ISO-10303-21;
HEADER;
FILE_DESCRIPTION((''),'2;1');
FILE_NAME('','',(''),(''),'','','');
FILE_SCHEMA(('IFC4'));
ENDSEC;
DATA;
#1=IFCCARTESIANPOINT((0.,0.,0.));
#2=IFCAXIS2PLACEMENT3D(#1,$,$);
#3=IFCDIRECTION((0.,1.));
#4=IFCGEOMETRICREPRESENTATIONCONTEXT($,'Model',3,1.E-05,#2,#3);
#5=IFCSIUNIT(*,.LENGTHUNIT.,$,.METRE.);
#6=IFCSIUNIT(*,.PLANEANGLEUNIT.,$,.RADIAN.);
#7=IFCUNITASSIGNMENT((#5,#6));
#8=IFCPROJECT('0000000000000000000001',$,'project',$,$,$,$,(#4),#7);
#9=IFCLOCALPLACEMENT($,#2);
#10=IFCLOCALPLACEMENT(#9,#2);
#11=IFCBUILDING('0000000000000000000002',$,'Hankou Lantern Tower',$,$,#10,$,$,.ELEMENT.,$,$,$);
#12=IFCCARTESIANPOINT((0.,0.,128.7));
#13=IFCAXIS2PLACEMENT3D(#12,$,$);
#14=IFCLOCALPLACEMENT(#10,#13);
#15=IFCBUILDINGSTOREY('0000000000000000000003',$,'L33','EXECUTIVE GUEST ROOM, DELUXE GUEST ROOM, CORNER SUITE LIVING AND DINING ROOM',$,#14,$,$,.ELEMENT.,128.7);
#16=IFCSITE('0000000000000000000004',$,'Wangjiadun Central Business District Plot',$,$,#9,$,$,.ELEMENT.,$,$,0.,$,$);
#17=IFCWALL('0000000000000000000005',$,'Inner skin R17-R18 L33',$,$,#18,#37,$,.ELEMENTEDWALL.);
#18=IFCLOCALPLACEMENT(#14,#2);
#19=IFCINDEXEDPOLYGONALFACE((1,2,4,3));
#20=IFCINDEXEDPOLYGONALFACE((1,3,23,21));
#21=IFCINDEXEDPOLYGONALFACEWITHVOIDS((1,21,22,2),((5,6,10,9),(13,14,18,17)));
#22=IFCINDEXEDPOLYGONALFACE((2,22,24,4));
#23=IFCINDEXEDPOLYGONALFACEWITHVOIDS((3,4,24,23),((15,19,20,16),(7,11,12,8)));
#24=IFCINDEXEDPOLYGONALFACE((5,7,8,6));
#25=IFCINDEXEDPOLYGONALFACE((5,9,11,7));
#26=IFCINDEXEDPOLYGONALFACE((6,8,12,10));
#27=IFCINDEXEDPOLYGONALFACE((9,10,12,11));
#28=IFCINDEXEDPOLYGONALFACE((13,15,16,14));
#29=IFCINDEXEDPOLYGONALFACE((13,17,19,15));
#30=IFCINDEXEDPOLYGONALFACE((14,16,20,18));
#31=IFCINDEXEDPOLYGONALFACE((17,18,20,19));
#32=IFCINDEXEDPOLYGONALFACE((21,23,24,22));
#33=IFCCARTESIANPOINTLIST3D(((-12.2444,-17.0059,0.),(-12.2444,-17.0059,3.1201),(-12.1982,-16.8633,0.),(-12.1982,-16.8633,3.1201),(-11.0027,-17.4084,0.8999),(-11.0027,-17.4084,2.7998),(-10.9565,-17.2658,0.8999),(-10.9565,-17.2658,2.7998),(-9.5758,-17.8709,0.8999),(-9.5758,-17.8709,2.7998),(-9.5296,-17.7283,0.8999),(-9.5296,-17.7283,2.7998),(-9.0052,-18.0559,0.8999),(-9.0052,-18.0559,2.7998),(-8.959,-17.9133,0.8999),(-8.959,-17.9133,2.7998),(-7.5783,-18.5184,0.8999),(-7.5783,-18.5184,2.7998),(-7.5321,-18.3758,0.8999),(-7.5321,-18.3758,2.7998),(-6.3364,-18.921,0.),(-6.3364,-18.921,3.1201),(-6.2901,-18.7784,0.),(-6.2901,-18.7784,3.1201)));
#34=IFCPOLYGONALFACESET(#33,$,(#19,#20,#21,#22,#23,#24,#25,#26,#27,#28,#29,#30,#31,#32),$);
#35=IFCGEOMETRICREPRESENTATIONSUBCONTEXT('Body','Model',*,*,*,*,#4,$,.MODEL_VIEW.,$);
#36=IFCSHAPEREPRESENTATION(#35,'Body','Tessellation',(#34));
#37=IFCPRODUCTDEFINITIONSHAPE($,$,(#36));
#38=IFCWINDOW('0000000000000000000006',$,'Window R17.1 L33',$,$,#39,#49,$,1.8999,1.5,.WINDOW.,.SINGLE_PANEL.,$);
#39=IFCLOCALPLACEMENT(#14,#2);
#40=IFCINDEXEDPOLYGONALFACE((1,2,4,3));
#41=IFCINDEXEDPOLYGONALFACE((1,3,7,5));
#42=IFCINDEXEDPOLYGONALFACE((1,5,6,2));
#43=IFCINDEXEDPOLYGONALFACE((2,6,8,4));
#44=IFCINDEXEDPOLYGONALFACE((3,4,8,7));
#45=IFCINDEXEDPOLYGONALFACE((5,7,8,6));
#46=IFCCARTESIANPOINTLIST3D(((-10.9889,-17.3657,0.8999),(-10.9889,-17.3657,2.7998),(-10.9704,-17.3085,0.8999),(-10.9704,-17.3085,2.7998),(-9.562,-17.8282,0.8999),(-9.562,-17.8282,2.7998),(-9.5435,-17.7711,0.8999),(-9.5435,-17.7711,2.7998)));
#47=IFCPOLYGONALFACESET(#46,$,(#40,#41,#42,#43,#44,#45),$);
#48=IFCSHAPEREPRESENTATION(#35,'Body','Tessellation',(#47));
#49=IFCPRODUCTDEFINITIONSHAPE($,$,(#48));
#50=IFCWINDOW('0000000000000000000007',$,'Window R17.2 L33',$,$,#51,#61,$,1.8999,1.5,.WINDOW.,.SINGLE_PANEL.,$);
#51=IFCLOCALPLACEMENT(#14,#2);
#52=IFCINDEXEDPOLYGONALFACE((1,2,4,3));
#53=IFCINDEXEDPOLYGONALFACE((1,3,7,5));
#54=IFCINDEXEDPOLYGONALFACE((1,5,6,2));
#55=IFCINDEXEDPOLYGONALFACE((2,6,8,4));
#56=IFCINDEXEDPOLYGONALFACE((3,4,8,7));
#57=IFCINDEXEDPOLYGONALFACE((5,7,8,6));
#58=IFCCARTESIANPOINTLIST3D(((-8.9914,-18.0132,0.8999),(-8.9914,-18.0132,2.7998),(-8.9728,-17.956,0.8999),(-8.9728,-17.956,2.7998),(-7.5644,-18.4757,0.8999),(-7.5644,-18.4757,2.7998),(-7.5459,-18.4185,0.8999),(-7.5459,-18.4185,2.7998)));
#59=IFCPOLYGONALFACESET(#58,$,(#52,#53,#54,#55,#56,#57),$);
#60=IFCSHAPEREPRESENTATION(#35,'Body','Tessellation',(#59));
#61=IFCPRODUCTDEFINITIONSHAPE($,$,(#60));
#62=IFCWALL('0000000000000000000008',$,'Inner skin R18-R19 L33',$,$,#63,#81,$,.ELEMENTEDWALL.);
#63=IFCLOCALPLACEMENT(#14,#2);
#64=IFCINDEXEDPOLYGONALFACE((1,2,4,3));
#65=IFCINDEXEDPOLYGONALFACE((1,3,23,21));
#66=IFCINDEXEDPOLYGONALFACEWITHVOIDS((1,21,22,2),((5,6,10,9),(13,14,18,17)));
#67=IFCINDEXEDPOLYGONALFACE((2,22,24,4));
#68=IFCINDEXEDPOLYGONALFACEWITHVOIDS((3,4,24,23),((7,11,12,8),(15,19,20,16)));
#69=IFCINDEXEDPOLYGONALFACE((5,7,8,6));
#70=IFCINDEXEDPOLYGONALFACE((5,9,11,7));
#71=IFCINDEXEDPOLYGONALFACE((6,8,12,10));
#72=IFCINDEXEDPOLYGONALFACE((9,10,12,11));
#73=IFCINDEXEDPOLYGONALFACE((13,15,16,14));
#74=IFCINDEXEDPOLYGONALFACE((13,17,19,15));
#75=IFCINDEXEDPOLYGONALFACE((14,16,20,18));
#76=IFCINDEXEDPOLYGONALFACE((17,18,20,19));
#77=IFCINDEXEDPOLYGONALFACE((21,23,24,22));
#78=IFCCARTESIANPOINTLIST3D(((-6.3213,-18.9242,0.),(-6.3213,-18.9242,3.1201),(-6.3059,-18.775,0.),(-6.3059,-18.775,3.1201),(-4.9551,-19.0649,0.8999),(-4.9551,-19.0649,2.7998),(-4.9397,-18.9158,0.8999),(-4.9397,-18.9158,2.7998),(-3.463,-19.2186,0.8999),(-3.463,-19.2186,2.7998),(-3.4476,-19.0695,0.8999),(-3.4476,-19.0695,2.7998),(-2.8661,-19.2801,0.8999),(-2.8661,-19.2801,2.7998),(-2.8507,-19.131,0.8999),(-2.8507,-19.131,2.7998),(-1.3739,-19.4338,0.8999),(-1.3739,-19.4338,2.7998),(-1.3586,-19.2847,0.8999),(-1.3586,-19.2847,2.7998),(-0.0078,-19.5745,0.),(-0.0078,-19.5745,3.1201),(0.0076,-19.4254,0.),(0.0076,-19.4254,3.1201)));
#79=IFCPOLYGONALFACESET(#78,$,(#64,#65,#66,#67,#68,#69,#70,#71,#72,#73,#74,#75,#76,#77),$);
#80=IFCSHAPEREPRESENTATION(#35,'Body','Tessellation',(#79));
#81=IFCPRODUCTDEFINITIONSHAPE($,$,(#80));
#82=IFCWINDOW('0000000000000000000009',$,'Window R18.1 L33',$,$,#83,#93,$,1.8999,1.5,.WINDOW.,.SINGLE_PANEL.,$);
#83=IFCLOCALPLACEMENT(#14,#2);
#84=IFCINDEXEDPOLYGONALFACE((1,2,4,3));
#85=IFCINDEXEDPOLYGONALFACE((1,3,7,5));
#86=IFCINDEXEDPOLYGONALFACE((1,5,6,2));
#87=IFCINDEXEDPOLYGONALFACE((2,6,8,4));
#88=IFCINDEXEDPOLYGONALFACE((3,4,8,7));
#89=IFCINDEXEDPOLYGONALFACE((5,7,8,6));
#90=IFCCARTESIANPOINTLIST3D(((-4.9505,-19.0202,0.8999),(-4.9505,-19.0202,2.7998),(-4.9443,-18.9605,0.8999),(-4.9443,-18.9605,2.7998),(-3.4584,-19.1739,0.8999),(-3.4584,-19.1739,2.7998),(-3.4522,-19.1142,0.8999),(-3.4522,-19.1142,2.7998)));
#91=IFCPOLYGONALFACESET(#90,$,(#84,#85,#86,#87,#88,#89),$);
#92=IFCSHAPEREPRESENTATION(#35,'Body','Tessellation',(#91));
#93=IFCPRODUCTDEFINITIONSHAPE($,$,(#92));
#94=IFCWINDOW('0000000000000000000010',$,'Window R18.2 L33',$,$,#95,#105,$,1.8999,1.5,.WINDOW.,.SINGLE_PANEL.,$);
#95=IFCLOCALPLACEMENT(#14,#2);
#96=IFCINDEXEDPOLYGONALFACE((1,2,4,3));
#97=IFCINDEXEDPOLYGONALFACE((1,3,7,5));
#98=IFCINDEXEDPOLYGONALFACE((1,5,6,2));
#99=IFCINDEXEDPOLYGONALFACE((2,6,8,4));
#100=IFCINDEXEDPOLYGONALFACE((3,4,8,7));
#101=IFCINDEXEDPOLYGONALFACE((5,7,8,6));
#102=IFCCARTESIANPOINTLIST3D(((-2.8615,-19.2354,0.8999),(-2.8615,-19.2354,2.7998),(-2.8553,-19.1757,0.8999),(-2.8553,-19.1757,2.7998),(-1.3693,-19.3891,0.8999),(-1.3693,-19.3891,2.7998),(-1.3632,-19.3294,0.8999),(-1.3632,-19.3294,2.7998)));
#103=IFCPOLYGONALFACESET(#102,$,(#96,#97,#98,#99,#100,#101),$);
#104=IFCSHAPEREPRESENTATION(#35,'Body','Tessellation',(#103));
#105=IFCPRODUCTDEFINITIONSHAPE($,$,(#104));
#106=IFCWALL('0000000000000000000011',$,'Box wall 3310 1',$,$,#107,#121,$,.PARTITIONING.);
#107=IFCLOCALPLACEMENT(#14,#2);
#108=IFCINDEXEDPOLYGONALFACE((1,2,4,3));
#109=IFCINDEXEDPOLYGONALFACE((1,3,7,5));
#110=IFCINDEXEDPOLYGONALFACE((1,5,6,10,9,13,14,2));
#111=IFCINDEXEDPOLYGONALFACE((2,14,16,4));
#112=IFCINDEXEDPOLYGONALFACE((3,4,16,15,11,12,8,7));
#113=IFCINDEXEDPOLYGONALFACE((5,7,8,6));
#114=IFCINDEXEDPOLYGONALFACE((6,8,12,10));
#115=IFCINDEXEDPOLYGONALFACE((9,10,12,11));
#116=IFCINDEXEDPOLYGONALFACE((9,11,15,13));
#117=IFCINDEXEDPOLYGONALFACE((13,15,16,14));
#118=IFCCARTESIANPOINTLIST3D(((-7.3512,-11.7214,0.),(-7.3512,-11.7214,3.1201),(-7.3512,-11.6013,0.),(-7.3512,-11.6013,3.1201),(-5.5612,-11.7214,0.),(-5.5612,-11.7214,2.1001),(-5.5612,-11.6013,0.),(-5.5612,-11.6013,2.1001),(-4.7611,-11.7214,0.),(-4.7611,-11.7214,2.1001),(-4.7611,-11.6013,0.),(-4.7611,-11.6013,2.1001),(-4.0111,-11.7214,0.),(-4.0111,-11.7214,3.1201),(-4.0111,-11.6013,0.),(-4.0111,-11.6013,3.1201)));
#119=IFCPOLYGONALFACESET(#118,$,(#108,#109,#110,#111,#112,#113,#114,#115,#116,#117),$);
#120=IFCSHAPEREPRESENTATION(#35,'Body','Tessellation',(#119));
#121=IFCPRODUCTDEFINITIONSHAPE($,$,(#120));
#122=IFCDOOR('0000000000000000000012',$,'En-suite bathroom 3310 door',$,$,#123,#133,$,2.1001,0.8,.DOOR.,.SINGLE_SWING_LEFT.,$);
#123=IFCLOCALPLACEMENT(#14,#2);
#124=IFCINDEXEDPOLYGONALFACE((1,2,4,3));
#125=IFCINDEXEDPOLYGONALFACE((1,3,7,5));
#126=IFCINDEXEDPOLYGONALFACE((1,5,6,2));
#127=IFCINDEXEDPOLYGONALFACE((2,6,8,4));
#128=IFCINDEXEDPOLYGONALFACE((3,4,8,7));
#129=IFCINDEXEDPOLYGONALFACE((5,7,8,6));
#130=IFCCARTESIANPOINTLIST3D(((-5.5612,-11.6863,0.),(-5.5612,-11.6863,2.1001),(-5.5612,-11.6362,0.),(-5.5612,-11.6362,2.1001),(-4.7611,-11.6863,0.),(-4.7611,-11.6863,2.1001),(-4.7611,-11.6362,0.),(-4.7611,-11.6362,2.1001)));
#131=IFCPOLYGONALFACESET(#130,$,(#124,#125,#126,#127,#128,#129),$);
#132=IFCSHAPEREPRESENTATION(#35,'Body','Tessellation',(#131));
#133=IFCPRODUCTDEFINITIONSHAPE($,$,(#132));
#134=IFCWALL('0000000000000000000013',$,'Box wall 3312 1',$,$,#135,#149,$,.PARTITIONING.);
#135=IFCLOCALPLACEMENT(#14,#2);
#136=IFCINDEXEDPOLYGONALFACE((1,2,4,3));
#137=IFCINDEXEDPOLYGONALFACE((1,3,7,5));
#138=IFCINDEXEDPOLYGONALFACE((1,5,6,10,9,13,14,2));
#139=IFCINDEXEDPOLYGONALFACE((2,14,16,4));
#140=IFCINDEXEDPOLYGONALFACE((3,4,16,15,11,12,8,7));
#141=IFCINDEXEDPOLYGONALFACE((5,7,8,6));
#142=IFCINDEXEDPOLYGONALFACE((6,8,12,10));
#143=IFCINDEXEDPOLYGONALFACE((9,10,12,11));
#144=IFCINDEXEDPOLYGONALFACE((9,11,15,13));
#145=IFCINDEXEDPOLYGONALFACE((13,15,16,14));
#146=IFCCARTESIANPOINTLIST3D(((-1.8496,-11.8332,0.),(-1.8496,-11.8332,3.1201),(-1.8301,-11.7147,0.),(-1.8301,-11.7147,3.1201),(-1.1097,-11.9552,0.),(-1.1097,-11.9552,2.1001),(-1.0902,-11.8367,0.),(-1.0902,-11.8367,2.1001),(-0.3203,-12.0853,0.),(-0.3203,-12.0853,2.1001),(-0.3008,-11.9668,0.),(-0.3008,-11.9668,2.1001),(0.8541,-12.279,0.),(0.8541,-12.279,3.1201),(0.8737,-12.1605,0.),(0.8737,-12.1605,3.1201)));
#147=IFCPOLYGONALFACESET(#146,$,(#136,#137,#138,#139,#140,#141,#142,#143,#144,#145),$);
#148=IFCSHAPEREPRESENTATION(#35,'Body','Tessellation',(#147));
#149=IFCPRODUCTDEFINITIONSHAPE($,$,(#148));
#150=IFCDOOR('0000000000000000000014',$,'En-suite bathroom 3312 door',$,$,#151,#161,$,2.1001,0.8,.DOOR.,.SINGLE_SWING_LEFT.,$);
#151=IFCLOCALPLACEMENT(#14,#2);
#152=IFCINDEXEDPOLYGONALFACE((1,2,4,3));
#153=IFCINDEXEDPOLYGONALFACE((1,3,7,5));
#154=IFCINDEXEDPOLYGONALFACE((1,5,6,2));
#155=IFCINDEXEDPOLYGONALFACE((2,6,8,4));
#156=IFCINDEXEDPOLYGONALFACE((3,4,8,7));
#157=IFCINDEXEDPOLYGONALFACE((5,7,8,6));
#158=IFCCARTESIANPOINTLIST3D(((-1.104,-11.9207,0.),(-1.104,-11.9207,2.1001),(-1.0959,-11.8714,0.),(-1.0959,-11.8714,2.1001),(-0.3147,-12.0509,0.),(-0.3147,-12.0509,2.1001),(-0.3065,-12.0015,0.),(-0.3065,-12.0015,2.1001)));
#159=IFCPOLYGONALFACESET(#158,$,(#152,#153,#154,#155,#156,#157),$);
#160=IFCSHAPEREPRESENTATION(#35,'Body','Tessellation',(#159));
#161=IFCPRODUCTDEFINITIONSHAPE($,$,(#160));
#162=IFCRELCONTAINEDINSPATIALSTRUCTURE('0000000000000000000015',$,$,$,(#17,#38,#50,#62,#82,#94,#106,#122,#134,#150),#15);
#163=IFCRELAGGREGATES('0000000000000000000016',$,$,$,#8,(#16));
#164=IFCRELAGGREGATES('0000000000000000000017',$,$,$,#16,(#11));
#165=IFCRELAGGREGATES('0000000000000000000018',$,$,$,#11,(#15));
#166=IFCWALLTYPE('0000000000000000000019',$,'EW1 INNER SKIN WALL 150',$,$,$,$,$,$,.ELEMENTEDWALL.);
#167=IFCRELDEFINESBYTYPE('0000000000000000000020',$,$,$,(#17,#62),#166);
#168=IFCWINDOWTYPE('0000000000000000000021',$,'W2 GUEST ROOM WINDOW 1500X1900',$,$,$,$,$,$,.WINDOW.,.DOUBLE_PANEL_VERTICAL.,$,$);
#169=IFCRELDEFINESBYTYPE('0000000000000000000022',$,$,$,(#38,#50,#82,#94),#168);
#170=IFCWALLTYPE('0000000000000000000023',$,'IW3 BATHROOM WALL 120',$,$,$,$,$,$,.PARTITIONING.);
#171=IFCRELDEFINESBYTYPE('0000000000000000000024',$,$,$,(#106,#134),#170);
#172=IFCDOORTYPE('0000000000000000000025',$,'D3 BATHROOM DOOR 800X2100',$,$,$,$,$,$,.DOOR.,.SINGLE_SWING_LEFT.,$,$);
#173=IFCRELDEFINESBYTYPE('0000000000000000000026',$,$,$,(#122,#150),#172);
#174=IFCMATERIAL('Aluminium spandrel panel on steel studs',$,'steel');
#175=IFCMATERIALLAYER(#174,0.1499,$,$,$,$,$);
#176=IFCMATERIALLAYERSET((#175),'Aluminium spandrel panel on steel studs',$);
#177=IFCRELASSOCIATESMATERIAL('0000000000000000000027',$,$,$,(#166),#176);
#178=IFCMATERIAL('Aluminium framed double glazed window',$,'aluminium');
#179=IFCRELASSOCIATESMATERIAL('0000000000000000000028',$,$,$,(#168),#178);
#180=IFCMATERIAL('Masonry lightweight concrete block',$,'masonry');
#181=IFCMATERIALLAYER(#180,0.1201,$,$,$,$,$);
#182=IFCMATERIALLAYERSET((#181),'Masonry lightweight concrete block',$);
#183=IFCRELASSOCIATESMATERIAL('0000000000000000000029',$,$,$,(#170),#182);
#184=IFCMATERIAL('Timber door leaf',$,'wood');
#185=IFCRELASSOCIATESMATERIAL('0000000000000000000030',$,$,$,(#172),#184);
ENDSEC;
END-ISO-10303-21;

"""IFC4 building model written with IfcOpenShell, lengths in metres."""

from ifc_helpers import new_model, si_unit, direction, frame, frame_2d, origin, place, context, subcontext, project, spatial, rectangle, extrude, material, layer, layer_set, type_object, element, fill, save


model = new_model("IFC4")

# Units and contexts
model_context = context("Model", 3, precision=1e-05, world=origin(), true_north=direction((0.0, 1.0)))
body_context = subcontext(model_context, "Body", "Model", "MODEL_VIEW")
ifc_project = project(units=[si_unit("LENGTHUNIT", "METRE"), si_unit("PLANEANGLEUNIT", "RADIAN")], contexts=[model_context])

# Site, building, storey
site_placement = place(None, origin())
site = spatial("IfcSite", under=ifc_project, at=site_placement, Name="Wangjiadun Central Business District Plot", CompositionType="ELEMENT", RefElevation=0.0)
building_placement = place(site_placement, origin())
building = spatial("IfcBuilding", under=site, at=building_placement, Name="Hankou Lantern Tower", CompositionType="ELEMENT")
storey_placement = place(building_placement, frame((0.0, 0.0, 128.7)))
storey = spatial("IfcBuildingStorey", under=building, at=storey_placement, Name="L33", Description="EXECUTIVE GUEST ROOM, DELUXE GUEST ROOM, CORNER SUITE LIVING AND DINING ROOM", CompositionType="ELEMENT", Elevation=128.7)

# Walls, openings, windows
ifc_material_1 = material(Name="Aluminium spandrel panel on steel studs", Category="steel")
ifc_layer_1 = layer(ifc_material_1, 0.1499)
ifc_layer_set_1 = layer_set([ifc_layer_1], Name="Aluminium spandrel panel on steel studs")
wall_type_1 = type_object("IfcWallType", Name="EW1 INNER SKIN WALL 150", PredefinedType="ELEMENTEDWALL", material=ifc_layer_set_1)
wall_1_placement = place(storey_placement, frame((-12.2214, -16.9346, 0.0), z_axis=(0.0, 0.0, 1.0), x_axis=(0.951273, -0.308351, 0.0)))
wall_1 = element("IfcWall", 1, at=wall_1_placement, inside=storey, type_object=wall_type_1, Name="Inner skin R17-R18 L33", PredefinedType="ELEMENTEDWALL", context=body_context, shape_type="SweptSolid", body=[
    extrude(rectangle(XDim=6.2107, YDim=0.1499, at=frame_2d((3.1055, 0.0))), origin(), (0.0, 0.0, 1.0), 3.1201),
])
opening_1_placement = place(wall_1_placement, frame((1.3054, 0.0, 0.8999)))
opening_1 = element("IfcOpeningElement", 2, at=opening_1_placement, cuts=wall_1, PredefinedType="OPENING", context=body_context, shape_type="SweptSolid", body=[
    extrude(rectangle(XDim=1.5, YDim=1.8999, at=frame_2d((0.75, 0.95))), frame((0.0, 0.085, 0.0), z_axis=(0.0, -1.0, 0.0), x_axis=(1.0, 0.0, 0.0)), (0.0, 0.0, 1.0), 0.1699),
])
opening_2_placement = place(wall_1_placement, frame((3.4053, 0.0, 0.8999)))
opening_2 = element("IfcOpeningElement", 3, at=opening_2_placement, cuts=wall_1, PredefinedType="OPENING", context=body_context, shape_type="SweptSolid", body=[
    extrude(rectangle(XDim=1.5, YDim=1.8999, at=frame_2d((0.75, 0.95))), frame((0.0, 0.085, 0.0), z_axis=(0.0, -1.0, 0.0), x_axis=(1.0, 0.0, 0.0)), (0.0, 0.0, 1.0), 0.1699),
])
ifc_material_2 = material(Name="Aluminium framed double glazed window", Category="aluminium")
window_type = type_object("IfcWindowType", Name="W2 GUEST ROOM WINDOW 1500X1900", PartitioningType="DOUBLE_PANEL_VERTICAL", PredefinedType="WINDOW", material=ifc_material_2)
window_1_placement = place(opening_1_placement, origin())
window_1 = element("IfcWindow", 4, at=window_1_placement, inside=storey, type_object=window_type, Name="Window R17.1 L33", OverallHeight=1.8999, OverallWidth=1.5, PartitioningType="SINGLE_PANEL", PredefinedType="WINDOW", context=body_context, shape_type="SweptSolid", body=[
    extrude(rectangle(XDim=1.5, YDim=1.8999, at=frame_2d((0.75, 0.95))), frame((0.0, 0.03, 0.0), z_axis=(0.0, -1.0, 0.0), x_axis=(1.0, 0.0, 0.0)), (0.0, 0.0, 1.0), 0.0601),
])
fill(opening_1, window_1)
window_2_placement = place(opening_2_placement, origin())
window_2 = element("IfcWindow", 5, at=window_2_placement, inside=storey, type_object=window_type, Name="Window R17.2 L33", OverallHeight=1.8999, OverallWidth=1.5, PartitioningType="SINGLE_PANEL", PredefinedType="WINDOW", context=body_context, shape_type="SweptSolid", body=[
    extrude(rectangle(XDim=1.5, YDim=1.8999, at=frame_2d((0.75, 0.95))), frame((0.0, 0.03, 0.0), z_axis=(0.0, -1.0, 0.0), x_axis=(1.0, 0.0, 0.0)), (0.0, 0.0, 1.0), 0.0601),
])
fill(opening_2, window_2)
wall_2_placement = place(storey_placement, frame((-6.3135, -18.8496, 0.0), z_axis=(0.0, 0.0, 1.0), x_axis=(0.994736, -0.102474, 0.0)))
wall_2 = element("IfcWall", 6, at=wall_2_placement, inside=storey, type_object=wall_type_1, Name="Inner skin R18-R19 L33", PredefinedType="ELEMENTEDWALL", context=body_context, shape_type="SweptSolid", body=[
    extrude(rectangle(XDim=6.3469, YDim=0.1499, at=frame_2d((3.1733, 0.0))), origin(), (0.0, 0.0, 1.0), 3.1201),
])
opening_3_placement = place(wall_2_placement, frame((1.3733, 0.0, 0.8999)))
opening_3 = element("IfcOpeningElement", 7, at=opening_3_placement, cuts=wall_2, PredefinedType="OPENING", context=body_context, shape_type="SweptSolid", body=[
    extrude(rectangle(XDim=1.5, YDim=1.8999, at=frame_2d((0.75, 0.95))), frame((0.0, 0.085, 0.0), z_axis=(0.0, -1.0, 0.0), x_axis=(1.0, 0.0, 0.0)), (0.0, 0.0, 1.0), 0.1699),
])
opening_4_placement = place(wall_2_placement, frame((3.4734, 0.0, 0.8999)))
opening_4 = element("IfcOpeningElement", 8, at=opening_4_placement, cuts=wall_2, PredefinedType="OPENING", context=body_context, shape_type="SweptSolid", body=[
    extrude(rectangle(XDim=1.5, YDim=1.8999, at=frame_2d((0.75, 0.95))), frame((0.0, 0.085, 0.0), z_axis=(0.0, -1.0, 0.0), x_axis=(1.0, 0.0, 0.0)), (0.0, 0.0, 1.0), 0.1699),
])
window_3_placement = place(opening_3_placement, origin())
window_3 = element("IfcWindow", 9, at=window_3_placement, inside=storey, type_object=window_type, Name="Window R18.1 L33", OverallHeight=1.8999, OverallWidth=1.5, PartitioningType="SINGLE_PANEL", PredefinedType="WINDOW", context=body_context, shape_type="SweptSolid", body=[
    extrude(rectangle(XDim=1.5, YDim=1.8999, at=frame_2d((0.75, 0.95))), frame((0.0, 0.03, 0.0), z_axis=(0.0, -1.0, 0.0), x_axis=(1.0, 0.0, 0.0)), (0.0, 0.0, 1.0), 0.0601),
])
fill(opening_3, window_3)
window_4_placement = place(opening_4_placement, origin())
window_4 = element("IfcWindow", 10, at=window_4_placement, inside=storey, type_object=window_type, Name="Window R18.2 L33", OverallHeight=1.8999, OverallWidth=1.5, PartitioningType="SINGLE_PANEL", PredefinedType="WINDOW", context=body_context, shape_type="SweptSolid", body=[
    extrude(rectangle(XDim=1.5, YDim=1.8999, at=frame_2d((0.75, 0.95))), frame((0.0, 0.03, 0.0), z_axis=(0.0, -1.0, 0.0), x_axis=(1.0, 0.0, 0.0)), (0.0, 0.0, 1.0), 0.0601),
])
fill(opening_4, window_4)

# Walls, openings, doors
ifc_material_3 = material(Name="Masonry lightweight concrete block", Category="masonry")
ifc_layer_2 = layer(ifc_material_3, 0.1201)
ifc_layer_set_2 = layer_set([ifc_layer_2], Name="Masonry lightweight concrete block")
wall_type_2 = type_object("IfcWallType", Name="IW3 BATHROOM WALL 120", PredefinedType="PARTITIONING", material=ifc_layer_set_2)
wall_3_placement = place(storey_placement, frame((-4.0112, -11.6614, 0.0), z_axis=(0.0, 0.0, 1.0), x_axis=(-1.0, 0.0, 0.0)))
wall_3 = element("IfcWall", 11, at=wall_3_placement, inside=storey, type_object=wall_type_2, Name="Box wall 3310 1", PredefinedType="PARTITIONING", context=body_context, shape_type="SweptSolid", body=[
    extrude(rectangle(XDim=3.3401, YDim=0.1201, at=frame_2d((1.6699, 0.0))), origin(), (0.0, 0.0, 1.0), 3.1201),
])
opening_5_placement = place(wall_3_placement, frame((0.75, 0.0, 0.0)))
opening_5 = element("IfcOpeningElement", 12, at=opening_5_placement, cuts=wall_3, PredefinedType="OPENING", context=body_context, shape_type="SweptSolid", body=[
    extrude(rectangle(XDim=0.8, YDim=2.1001, at=frame_2d((0.3999, 1.05))), frame((0.0, 0.0701, 0.0), z_axis=(0.0, -1.0, 0.0), x_axis=(1.0, 0.0, 0.0)), (0.0, 0.0, 1.0), 0.1401),
])
ifc_material_4 = material(Name="Timber door leaf", Category="wood")
door_type = type_object("IfcDoorType", Name="D3 BATHROOM DOOR 800X2100", OperationType="SINGLE_SWING_LEFT", PredefinedType="DOOR", material=ifc_material_4)
door_1_placement = place(opening_5_placement, origin())
door_1 = element("IfcDoor", 13, at=door_1_placement, inside=storey, type_object=door_type, Name="En-suite bathroom 3310 door", OperationType="SINGLE_SWING_LEFT", OverallHeight=2.1001, OverallWidth=0.8, PredefinedType="DOOR", context=body_context, shape_type="SweptSolid", body=[
    extrude(rectangle(XDim=0.8, YDim=2.1001, at=frame_2d((0.3999, 1.05))), frame((0.0, 0.0249, 0.0), z_axis=(0.0, -1.0, 0.0), x_axis=(1.0, 0.0, 0.0)), (0.0, 0.0, 1.0), 0.05),
])
fill(opening_5, door_1)
wall_4_placement = place(storey_placement, frame((-1.8398, -11.7739, 0.0), z_axis=(0.0, 0.0, 1.0), x_axis=(0.986677, -0.162694, 0.0)))
wall_4 = element("IfcWall", 14, at=wall_4_placement, inside=storey, type_object=wall_type_2, Name="Box wall 3312 1", PredefinedType="PARTITIONING", context=body_context, shape_type="SweptSolid", body=[
    extrude(rectangle(XDim=2.7402, YDim=0.1201, at=frame_2d((1.3701, 0.0))), origin(), (0.0, 0.0, 1.0), 3.1201),
])
opening_6_placement = place(wall_4_placement, frame((0.75, 0.0, 0.0)))
opening_6 = element("IfcOpeningElement", 15, at=opening_6_placement, cuts=wall_4, PredefinedType="OPENING", context=body_context, shape_type="SweptSolid", body=[
    extrude(rectangle(XDim=0.8, YDim=2.1001, at=frame_2d((0.3999, 1.05))), frame((0.0, 0.0701, 0.0), z_axis=(0.0, -1.0, 0.0), x_axis=(1.0, 0.0, 0.0)), (0.0, 0.0, 1.0), 0.1401),
])
door_2_placement = place(opening_6_placement, origin())
door_2 = element("IfcDoor", 16, at=door_2_placement, inside=storey, type_object=door_type, Name="En-suite bathroom 3312 door", OperationType="SINGLE_SWING_LEFT", OverallHeight=2.1001, OverallWidth=0.8, PredefinedType="DOOR", context=body_context, shape_type="SweptSolid", body=[
    extrude(rectangle(XDim=0.8, YDim=2.1001, at=frame_2d((0.3999, 1.05))), frame((0.0, 0.0249, 0.0), z_axis=(0.0, -1.0, 0.0), x_axis=(1.0, 0.0, 0.0)), (0.0, 0.0, 1.0), 0.05),
])
fill(opening_6, door_2)

save(model, "model.ifc")
